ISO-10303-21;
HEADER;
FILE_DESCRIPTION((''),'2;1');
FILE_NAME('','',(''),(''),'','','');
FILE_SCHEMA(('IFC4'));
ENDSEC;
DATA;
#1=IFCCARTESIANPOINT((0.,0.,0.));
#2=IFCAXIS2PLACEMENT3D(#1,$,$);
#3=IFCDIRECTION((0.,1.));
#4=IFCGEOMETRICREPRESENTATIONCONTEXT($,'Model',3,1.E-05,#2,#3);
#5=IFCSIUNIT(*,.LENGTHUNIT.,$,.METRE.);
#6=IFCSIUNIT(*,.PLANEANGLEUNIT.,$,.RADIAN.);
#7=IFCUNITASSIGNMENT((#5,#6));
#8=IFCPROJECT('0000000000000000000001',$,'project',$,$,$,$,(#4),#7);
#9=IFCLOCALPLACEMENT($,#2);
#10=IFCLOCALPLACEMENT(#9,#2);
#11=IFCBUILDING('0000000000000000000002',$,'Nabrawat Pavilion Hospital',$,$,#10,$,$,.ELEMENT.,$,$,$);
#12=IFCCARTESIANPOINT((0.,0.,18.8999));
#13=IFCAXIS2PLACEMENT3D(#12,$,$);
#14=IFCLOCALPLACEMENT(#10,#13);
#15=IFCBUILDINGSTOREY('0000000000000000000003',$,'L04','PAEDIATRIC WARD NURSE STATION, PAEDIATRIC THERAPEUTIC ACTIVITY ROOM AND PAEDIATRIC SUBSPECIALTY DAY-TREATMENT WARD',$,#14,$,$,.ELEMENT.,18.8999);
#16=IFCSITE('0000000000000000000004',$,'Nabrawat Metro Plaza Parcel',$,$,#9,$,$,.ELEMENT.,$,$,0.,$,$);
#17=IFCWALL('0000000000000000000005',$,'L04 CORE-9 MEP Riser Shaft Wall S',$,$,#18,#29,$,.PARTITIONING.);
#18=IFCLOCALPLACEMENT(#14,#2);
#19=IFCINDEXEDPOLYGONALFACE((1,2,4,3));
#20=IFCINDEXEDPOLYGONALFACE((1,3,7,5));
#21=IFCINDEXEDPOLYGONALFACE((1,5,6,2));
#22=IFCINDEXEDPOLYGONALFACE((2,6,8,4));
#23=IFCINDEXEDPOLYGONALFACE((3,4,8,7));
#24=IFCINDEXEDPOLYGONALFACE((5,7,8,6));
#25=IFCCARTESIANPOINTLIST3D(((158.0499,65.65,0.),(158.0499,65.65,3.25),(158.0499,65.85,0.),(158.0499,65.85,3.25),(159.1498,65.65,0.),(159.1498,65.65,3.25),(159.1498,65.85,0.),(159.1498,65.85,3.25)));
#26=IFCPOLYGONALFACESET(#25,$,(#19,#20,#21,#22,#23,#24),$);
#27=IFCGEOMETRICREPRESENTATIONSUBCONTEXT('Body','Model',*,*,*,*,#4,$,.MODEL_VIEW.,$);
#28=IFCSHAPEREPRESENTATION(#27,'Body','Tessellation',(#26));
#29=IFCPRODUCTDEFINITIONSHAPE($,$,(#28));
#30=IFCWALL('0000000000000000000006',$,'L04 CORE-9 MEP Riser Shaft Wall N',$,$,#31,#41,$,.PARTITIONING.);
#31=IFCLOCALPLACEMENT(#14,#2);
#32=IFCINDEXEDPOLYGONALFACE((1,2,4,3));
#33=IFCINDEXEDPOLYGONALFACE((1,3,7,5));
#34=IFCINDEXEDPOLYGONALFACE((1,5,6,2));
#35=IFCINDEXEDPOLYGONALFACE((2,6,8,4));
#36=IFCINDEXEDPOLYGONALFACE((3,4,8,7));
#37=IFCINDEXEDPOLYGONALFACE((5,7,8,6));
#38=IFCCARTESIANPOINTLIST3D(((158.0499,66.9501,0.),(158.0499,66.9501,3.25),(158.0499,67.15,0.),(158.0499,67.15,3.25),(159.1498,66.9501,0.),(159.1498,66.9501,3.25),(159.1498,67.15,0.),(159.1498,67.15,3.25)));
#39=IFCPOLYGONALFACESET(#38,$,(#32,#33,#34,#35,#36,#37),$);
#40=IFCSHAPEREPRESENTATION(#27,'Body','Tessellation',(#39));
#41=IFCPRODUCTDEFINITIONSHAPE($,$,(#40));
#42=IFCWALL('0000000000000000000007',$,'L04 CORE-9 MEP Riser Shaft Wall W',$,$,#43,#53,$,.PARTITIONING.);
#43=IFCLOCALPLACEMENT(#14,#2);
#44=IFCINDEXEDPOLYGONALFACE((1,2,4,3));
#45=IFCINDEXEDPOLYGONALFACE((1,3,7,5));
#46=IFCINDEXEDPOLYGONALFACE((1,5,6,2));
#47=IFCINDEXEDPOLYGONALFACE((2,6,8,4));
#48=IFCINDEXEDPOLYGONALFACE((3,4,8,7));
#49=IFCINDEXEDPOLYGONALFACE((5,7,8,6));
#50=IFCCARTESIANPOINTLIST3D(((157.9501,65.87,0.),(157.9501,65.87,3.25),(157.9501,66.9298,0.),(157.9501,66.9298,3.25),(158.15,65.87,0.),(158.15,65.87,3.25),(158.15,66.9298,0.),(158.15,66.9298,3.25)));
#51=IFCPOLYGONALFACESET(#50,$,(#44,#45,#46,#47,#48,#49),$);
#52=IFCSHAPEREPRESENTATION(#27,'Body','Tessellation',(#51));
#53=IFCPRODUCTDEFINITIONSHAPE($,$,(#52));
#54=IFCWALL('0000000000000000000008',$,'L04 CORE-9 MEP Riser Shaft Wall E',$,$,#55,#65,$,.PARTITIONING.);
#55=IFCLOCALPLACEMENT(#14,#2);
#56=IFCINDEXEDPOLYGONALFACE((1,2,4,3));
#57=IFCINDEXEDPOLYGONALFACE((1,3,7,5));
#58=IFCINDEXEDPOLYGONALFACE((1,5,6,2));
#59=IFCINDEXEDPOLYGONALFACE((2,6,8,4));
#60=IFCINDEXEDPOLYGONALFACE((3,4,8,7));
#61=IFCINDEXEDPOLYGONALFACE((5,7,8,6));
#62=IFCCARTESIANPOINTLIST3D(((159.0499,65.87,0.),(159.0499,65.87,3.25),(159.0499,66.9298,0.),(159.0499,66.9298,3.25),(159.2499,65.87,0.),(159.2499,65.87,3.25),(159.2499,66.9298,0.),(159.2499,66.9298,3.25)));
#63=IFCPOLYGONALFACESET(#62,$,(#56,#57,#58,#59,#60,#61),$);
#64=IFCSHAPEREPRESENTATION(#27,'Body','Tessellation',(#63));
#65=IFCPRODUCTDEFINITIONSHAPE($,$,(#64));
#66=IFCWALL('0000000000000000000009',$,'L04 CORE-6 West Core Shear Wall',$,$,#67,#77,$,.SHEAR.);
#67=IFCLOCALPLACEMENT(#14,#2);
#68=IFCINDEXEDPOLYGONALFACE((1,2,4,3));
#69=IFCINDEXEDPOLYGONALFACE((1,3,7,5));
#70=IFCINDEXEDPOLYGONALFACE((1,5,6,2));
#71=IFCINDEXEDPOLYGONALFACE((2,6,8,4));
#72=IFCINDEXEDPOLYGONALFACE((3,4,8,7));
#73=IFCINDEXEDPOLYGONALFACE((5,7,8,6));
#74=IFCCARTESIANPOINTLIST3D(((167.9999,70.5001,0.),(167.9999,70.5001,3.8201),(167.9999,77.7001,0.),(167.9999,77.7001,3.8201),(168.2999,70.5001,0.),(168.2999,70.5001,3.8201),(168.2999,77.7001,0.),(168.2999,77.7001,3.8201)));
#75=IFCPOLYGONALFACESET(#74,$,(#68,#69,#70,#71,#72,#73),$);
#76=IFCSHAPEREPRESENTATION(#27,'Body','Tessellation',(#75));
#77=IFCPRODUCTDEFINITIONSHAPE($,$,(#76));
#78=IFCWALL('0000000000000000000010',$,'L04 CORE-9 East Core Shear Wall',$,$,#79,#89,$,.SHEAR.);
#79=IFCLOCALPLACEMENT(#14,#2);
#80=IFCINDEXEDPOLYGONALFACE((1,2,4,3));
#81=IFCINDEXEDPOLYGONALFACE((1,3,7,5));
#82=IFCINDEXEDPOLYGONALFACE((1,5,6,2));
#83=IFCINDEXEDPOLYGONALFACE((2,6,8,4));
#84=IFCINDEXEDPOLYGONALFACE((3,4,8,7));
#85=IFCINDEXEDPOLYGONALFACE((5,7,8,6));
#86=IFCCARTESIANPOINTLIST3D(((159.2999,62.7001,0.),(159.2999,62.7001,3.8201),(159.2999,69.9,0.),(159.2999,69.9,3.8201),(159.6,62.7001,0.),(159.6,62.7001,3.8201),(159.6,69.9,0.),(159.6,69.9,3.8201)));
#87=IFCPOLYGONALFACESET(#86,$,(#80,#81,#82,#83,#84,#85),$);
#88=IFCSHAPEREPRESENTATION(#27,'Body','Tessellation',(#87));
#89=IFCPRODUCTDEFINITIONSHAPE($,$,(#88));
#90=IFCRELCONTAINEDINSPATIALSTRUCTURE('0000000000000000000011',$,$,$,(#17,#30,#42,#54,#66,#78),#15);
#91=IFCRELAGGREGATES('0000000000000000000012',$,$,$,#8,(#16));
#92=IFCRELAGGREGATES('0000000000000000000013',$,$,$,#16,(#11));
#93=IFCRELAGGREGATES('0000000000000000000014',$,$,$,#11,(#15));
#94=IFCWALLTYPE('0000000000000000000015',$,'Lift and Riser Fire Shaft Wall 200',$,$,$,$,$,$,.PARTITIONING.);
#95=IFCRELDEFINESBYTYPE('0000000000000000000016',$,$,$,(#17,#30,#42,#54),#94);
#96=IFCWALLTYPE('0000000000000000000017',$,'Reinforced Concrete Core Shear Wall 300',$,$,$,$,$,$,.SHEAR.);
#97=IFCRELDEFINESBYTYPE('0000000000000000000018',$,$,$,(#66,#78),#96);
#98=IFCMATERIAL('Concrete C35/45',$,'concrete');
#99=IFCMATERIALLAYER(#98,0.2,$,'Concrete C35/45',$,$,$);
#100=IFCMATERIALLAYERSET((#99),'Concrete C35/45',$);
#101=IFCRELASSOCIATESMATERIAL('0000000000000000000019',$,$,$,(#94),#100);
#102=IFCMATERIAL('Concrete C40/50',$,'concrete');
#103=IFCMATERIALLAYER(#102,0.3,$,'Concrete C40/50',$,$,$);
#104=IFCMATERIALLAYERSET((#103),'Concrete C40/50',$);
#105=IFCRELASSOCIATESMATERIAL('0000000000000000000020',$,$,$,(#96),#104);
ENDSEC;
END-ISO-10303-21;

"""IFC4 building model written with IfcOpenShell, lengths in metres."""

from ifc_helpers import new_model, si_unit, direction, frame, frame_2d, origin, place, context, subcontext, project, spatial, rectangle, extrude, material, layer, layer_set, type_object, element, save


model = new_model("IFC4")

# Units and contexts
model_context = context("Model", 3, precision=1e-05, world=origin(), true_north=direction((0.0, 1.0)))
body_context = subcontext(model_context, "Body", "Model", "MODEL_VIEW")
ifc_project = project(units=[si_unit("LENGTHUNIT", "METRE"), si_unit("PLANEANGLEUNIT", "RADIAN")], contexts=[model_context])

# Site, building, storey
site_placement = place(None, origin())
site = spatial("IfcSite", under=ifc_project, at=site_placement, Name="Nabrawat Metro Plaza Parcel", CompositionType="ELEMENT", RefElevation=0.0)
building_placement = place(site_placement, origin())
building = spatial("IfcBuilding", under=site, at=building_placement, Name="Nabrawat Pavilion Hospital", CompositionType="ELEMENT")
storey_placement = place(building_placement, frame((0.0, 0.0, 18.8999)))
storey = spatial("IfcBuildingStorey", under=building, at=storey_placement, Name="L04", Description="PAEDIATRIC WARD NURSE STATION, PAEDIATRIC THERAPEUTIC ACTIVITY ROOM AND PAEDIATRIC SUBSPECIALTY DAY-TREATMENT WARD", CompositionType="ELEMENT", Elevation=18.8999)

# Shared definitions
ifc_material_1 = material(Name="Concrete C40/50", Category="concrete")

# Shared definitions
ifc_material_2 = material(Name="Concrete C35/45", Category="concrete")

# Walls
ifc_layer_1 = layer(ifc_material_2, 0.2, Name="Concrete C35/45")
ifc_layer_set_1 = layer_set([ifc_layer_1], Name="Concrete C35/45")
wall_type_1 = type_object("IfcWallType", Name="Lift and Riser Fire Shaft Wall 200", PredefinedType="PARTITIONING", material=ifc_layer_set_1)
for number, where, z_axis, x_axis, name in (
    (1, (158.05, 65.75, 0.0), (0.0, 0.0, 1.0), (1.0, 0.0, 0.0), "L04 CORE-9 MEP Riser Shaft Wall S"),
    (2, (158.05, 67.05, 0.0), (0.0, 0.0, 1.0), (1.0, 0.0, 0.0), "L04 CORE-9 MEP Riser Shaft Wall N"),
):
    element("IfcWall", number, at=place(storey_placement, frame(where, z_axis=z_axis, x_axis=x_axis)), inside=storey, type_object=wall_type_1, Name=name, PredefinedType="PARTITIONING", context=body_context, shape_type="SweptSolid", body=[
        extrude(rectangle(XDim=1.0999, YDim=0.2, at=frame_2d((0.5498, 0.0))), origin(), (0.0, 0.0, 1.0), 3.25),
    ])
for number, where, z_axis, x_axis, name in (
    (3, (158.05, 65.8701, 0.0), (0.0, 0.0, 1.0), (0.0, 1.0, 0.0), "L04 CORE-9 MEP Riser Shaft Wall W"),
    (4, (159.1499, 65.8701, 0.0), (0.0, 0.0, 1.0), (0.0, 1.0, 0.0), "L04 CORE-9 MEP Riser Shaft Wall E"),
):
    element("IfcWall", number, at=place(storey_placement, frame(where, z_axis=z_axis, x_axis=x_axis)), inside=storey, type_object=wall_type_1, Name=name, PredefinedType="PARTITIONING", context=body_context, shape_type="SweptSolid", body=[
        extrude(rectangle(XDim=1.0598, YDim=0.2, at=frame_2d((0.5298, 0.0))), origin(), (0.0, 0.0, 1.0), 3.25),
    ])

# Shared definitions
ifc_layer_2 = layer(ifc_material_1, 0.3, Name="Concrete C40/50")
ifc_layer_set_2 = layer_set([ifc_layer_2], Name="Concrete C40/50")
wall_type_2 = type_object("IfcWallType", Name="Reinforced Concrete Core Shear Wall 300", PredefinedType="SHEAR", material=ifc_layer_set_2)

# Walls
for number, where, z_axis, x_axis, name in (
    (5, (168.1499, 70.5, 0.0), (0.0, 0.0, 1.0), (0.0, 1.0, 0.0), "L04 CORE-6 West Core Shear Wall"),
    (6, (159.45, 62.7, 0.0), (0.0, 0.0, 1.0), (0.0, 1.0, 0.0), "L04 CORE-9 East Core Shear Wall"),
):
    element("IfcWall", number, at=place(storey_placement, frame(where, z_axis=z_axis, x_axis=x_axis)), inside=storey, type_object=wall_type_2, Name=name, PredefinedType="SHEAR", context=body_context, shape_type="SweptSolid", body=[
        extrude(rectangle(XDim=7.2, YDim=0.3, at=frame_2d((3.6001, 0.0))), origin(), (0.0, 0.0, 1.0), 3.8201),
    ])

save(model, "model.ifc")
